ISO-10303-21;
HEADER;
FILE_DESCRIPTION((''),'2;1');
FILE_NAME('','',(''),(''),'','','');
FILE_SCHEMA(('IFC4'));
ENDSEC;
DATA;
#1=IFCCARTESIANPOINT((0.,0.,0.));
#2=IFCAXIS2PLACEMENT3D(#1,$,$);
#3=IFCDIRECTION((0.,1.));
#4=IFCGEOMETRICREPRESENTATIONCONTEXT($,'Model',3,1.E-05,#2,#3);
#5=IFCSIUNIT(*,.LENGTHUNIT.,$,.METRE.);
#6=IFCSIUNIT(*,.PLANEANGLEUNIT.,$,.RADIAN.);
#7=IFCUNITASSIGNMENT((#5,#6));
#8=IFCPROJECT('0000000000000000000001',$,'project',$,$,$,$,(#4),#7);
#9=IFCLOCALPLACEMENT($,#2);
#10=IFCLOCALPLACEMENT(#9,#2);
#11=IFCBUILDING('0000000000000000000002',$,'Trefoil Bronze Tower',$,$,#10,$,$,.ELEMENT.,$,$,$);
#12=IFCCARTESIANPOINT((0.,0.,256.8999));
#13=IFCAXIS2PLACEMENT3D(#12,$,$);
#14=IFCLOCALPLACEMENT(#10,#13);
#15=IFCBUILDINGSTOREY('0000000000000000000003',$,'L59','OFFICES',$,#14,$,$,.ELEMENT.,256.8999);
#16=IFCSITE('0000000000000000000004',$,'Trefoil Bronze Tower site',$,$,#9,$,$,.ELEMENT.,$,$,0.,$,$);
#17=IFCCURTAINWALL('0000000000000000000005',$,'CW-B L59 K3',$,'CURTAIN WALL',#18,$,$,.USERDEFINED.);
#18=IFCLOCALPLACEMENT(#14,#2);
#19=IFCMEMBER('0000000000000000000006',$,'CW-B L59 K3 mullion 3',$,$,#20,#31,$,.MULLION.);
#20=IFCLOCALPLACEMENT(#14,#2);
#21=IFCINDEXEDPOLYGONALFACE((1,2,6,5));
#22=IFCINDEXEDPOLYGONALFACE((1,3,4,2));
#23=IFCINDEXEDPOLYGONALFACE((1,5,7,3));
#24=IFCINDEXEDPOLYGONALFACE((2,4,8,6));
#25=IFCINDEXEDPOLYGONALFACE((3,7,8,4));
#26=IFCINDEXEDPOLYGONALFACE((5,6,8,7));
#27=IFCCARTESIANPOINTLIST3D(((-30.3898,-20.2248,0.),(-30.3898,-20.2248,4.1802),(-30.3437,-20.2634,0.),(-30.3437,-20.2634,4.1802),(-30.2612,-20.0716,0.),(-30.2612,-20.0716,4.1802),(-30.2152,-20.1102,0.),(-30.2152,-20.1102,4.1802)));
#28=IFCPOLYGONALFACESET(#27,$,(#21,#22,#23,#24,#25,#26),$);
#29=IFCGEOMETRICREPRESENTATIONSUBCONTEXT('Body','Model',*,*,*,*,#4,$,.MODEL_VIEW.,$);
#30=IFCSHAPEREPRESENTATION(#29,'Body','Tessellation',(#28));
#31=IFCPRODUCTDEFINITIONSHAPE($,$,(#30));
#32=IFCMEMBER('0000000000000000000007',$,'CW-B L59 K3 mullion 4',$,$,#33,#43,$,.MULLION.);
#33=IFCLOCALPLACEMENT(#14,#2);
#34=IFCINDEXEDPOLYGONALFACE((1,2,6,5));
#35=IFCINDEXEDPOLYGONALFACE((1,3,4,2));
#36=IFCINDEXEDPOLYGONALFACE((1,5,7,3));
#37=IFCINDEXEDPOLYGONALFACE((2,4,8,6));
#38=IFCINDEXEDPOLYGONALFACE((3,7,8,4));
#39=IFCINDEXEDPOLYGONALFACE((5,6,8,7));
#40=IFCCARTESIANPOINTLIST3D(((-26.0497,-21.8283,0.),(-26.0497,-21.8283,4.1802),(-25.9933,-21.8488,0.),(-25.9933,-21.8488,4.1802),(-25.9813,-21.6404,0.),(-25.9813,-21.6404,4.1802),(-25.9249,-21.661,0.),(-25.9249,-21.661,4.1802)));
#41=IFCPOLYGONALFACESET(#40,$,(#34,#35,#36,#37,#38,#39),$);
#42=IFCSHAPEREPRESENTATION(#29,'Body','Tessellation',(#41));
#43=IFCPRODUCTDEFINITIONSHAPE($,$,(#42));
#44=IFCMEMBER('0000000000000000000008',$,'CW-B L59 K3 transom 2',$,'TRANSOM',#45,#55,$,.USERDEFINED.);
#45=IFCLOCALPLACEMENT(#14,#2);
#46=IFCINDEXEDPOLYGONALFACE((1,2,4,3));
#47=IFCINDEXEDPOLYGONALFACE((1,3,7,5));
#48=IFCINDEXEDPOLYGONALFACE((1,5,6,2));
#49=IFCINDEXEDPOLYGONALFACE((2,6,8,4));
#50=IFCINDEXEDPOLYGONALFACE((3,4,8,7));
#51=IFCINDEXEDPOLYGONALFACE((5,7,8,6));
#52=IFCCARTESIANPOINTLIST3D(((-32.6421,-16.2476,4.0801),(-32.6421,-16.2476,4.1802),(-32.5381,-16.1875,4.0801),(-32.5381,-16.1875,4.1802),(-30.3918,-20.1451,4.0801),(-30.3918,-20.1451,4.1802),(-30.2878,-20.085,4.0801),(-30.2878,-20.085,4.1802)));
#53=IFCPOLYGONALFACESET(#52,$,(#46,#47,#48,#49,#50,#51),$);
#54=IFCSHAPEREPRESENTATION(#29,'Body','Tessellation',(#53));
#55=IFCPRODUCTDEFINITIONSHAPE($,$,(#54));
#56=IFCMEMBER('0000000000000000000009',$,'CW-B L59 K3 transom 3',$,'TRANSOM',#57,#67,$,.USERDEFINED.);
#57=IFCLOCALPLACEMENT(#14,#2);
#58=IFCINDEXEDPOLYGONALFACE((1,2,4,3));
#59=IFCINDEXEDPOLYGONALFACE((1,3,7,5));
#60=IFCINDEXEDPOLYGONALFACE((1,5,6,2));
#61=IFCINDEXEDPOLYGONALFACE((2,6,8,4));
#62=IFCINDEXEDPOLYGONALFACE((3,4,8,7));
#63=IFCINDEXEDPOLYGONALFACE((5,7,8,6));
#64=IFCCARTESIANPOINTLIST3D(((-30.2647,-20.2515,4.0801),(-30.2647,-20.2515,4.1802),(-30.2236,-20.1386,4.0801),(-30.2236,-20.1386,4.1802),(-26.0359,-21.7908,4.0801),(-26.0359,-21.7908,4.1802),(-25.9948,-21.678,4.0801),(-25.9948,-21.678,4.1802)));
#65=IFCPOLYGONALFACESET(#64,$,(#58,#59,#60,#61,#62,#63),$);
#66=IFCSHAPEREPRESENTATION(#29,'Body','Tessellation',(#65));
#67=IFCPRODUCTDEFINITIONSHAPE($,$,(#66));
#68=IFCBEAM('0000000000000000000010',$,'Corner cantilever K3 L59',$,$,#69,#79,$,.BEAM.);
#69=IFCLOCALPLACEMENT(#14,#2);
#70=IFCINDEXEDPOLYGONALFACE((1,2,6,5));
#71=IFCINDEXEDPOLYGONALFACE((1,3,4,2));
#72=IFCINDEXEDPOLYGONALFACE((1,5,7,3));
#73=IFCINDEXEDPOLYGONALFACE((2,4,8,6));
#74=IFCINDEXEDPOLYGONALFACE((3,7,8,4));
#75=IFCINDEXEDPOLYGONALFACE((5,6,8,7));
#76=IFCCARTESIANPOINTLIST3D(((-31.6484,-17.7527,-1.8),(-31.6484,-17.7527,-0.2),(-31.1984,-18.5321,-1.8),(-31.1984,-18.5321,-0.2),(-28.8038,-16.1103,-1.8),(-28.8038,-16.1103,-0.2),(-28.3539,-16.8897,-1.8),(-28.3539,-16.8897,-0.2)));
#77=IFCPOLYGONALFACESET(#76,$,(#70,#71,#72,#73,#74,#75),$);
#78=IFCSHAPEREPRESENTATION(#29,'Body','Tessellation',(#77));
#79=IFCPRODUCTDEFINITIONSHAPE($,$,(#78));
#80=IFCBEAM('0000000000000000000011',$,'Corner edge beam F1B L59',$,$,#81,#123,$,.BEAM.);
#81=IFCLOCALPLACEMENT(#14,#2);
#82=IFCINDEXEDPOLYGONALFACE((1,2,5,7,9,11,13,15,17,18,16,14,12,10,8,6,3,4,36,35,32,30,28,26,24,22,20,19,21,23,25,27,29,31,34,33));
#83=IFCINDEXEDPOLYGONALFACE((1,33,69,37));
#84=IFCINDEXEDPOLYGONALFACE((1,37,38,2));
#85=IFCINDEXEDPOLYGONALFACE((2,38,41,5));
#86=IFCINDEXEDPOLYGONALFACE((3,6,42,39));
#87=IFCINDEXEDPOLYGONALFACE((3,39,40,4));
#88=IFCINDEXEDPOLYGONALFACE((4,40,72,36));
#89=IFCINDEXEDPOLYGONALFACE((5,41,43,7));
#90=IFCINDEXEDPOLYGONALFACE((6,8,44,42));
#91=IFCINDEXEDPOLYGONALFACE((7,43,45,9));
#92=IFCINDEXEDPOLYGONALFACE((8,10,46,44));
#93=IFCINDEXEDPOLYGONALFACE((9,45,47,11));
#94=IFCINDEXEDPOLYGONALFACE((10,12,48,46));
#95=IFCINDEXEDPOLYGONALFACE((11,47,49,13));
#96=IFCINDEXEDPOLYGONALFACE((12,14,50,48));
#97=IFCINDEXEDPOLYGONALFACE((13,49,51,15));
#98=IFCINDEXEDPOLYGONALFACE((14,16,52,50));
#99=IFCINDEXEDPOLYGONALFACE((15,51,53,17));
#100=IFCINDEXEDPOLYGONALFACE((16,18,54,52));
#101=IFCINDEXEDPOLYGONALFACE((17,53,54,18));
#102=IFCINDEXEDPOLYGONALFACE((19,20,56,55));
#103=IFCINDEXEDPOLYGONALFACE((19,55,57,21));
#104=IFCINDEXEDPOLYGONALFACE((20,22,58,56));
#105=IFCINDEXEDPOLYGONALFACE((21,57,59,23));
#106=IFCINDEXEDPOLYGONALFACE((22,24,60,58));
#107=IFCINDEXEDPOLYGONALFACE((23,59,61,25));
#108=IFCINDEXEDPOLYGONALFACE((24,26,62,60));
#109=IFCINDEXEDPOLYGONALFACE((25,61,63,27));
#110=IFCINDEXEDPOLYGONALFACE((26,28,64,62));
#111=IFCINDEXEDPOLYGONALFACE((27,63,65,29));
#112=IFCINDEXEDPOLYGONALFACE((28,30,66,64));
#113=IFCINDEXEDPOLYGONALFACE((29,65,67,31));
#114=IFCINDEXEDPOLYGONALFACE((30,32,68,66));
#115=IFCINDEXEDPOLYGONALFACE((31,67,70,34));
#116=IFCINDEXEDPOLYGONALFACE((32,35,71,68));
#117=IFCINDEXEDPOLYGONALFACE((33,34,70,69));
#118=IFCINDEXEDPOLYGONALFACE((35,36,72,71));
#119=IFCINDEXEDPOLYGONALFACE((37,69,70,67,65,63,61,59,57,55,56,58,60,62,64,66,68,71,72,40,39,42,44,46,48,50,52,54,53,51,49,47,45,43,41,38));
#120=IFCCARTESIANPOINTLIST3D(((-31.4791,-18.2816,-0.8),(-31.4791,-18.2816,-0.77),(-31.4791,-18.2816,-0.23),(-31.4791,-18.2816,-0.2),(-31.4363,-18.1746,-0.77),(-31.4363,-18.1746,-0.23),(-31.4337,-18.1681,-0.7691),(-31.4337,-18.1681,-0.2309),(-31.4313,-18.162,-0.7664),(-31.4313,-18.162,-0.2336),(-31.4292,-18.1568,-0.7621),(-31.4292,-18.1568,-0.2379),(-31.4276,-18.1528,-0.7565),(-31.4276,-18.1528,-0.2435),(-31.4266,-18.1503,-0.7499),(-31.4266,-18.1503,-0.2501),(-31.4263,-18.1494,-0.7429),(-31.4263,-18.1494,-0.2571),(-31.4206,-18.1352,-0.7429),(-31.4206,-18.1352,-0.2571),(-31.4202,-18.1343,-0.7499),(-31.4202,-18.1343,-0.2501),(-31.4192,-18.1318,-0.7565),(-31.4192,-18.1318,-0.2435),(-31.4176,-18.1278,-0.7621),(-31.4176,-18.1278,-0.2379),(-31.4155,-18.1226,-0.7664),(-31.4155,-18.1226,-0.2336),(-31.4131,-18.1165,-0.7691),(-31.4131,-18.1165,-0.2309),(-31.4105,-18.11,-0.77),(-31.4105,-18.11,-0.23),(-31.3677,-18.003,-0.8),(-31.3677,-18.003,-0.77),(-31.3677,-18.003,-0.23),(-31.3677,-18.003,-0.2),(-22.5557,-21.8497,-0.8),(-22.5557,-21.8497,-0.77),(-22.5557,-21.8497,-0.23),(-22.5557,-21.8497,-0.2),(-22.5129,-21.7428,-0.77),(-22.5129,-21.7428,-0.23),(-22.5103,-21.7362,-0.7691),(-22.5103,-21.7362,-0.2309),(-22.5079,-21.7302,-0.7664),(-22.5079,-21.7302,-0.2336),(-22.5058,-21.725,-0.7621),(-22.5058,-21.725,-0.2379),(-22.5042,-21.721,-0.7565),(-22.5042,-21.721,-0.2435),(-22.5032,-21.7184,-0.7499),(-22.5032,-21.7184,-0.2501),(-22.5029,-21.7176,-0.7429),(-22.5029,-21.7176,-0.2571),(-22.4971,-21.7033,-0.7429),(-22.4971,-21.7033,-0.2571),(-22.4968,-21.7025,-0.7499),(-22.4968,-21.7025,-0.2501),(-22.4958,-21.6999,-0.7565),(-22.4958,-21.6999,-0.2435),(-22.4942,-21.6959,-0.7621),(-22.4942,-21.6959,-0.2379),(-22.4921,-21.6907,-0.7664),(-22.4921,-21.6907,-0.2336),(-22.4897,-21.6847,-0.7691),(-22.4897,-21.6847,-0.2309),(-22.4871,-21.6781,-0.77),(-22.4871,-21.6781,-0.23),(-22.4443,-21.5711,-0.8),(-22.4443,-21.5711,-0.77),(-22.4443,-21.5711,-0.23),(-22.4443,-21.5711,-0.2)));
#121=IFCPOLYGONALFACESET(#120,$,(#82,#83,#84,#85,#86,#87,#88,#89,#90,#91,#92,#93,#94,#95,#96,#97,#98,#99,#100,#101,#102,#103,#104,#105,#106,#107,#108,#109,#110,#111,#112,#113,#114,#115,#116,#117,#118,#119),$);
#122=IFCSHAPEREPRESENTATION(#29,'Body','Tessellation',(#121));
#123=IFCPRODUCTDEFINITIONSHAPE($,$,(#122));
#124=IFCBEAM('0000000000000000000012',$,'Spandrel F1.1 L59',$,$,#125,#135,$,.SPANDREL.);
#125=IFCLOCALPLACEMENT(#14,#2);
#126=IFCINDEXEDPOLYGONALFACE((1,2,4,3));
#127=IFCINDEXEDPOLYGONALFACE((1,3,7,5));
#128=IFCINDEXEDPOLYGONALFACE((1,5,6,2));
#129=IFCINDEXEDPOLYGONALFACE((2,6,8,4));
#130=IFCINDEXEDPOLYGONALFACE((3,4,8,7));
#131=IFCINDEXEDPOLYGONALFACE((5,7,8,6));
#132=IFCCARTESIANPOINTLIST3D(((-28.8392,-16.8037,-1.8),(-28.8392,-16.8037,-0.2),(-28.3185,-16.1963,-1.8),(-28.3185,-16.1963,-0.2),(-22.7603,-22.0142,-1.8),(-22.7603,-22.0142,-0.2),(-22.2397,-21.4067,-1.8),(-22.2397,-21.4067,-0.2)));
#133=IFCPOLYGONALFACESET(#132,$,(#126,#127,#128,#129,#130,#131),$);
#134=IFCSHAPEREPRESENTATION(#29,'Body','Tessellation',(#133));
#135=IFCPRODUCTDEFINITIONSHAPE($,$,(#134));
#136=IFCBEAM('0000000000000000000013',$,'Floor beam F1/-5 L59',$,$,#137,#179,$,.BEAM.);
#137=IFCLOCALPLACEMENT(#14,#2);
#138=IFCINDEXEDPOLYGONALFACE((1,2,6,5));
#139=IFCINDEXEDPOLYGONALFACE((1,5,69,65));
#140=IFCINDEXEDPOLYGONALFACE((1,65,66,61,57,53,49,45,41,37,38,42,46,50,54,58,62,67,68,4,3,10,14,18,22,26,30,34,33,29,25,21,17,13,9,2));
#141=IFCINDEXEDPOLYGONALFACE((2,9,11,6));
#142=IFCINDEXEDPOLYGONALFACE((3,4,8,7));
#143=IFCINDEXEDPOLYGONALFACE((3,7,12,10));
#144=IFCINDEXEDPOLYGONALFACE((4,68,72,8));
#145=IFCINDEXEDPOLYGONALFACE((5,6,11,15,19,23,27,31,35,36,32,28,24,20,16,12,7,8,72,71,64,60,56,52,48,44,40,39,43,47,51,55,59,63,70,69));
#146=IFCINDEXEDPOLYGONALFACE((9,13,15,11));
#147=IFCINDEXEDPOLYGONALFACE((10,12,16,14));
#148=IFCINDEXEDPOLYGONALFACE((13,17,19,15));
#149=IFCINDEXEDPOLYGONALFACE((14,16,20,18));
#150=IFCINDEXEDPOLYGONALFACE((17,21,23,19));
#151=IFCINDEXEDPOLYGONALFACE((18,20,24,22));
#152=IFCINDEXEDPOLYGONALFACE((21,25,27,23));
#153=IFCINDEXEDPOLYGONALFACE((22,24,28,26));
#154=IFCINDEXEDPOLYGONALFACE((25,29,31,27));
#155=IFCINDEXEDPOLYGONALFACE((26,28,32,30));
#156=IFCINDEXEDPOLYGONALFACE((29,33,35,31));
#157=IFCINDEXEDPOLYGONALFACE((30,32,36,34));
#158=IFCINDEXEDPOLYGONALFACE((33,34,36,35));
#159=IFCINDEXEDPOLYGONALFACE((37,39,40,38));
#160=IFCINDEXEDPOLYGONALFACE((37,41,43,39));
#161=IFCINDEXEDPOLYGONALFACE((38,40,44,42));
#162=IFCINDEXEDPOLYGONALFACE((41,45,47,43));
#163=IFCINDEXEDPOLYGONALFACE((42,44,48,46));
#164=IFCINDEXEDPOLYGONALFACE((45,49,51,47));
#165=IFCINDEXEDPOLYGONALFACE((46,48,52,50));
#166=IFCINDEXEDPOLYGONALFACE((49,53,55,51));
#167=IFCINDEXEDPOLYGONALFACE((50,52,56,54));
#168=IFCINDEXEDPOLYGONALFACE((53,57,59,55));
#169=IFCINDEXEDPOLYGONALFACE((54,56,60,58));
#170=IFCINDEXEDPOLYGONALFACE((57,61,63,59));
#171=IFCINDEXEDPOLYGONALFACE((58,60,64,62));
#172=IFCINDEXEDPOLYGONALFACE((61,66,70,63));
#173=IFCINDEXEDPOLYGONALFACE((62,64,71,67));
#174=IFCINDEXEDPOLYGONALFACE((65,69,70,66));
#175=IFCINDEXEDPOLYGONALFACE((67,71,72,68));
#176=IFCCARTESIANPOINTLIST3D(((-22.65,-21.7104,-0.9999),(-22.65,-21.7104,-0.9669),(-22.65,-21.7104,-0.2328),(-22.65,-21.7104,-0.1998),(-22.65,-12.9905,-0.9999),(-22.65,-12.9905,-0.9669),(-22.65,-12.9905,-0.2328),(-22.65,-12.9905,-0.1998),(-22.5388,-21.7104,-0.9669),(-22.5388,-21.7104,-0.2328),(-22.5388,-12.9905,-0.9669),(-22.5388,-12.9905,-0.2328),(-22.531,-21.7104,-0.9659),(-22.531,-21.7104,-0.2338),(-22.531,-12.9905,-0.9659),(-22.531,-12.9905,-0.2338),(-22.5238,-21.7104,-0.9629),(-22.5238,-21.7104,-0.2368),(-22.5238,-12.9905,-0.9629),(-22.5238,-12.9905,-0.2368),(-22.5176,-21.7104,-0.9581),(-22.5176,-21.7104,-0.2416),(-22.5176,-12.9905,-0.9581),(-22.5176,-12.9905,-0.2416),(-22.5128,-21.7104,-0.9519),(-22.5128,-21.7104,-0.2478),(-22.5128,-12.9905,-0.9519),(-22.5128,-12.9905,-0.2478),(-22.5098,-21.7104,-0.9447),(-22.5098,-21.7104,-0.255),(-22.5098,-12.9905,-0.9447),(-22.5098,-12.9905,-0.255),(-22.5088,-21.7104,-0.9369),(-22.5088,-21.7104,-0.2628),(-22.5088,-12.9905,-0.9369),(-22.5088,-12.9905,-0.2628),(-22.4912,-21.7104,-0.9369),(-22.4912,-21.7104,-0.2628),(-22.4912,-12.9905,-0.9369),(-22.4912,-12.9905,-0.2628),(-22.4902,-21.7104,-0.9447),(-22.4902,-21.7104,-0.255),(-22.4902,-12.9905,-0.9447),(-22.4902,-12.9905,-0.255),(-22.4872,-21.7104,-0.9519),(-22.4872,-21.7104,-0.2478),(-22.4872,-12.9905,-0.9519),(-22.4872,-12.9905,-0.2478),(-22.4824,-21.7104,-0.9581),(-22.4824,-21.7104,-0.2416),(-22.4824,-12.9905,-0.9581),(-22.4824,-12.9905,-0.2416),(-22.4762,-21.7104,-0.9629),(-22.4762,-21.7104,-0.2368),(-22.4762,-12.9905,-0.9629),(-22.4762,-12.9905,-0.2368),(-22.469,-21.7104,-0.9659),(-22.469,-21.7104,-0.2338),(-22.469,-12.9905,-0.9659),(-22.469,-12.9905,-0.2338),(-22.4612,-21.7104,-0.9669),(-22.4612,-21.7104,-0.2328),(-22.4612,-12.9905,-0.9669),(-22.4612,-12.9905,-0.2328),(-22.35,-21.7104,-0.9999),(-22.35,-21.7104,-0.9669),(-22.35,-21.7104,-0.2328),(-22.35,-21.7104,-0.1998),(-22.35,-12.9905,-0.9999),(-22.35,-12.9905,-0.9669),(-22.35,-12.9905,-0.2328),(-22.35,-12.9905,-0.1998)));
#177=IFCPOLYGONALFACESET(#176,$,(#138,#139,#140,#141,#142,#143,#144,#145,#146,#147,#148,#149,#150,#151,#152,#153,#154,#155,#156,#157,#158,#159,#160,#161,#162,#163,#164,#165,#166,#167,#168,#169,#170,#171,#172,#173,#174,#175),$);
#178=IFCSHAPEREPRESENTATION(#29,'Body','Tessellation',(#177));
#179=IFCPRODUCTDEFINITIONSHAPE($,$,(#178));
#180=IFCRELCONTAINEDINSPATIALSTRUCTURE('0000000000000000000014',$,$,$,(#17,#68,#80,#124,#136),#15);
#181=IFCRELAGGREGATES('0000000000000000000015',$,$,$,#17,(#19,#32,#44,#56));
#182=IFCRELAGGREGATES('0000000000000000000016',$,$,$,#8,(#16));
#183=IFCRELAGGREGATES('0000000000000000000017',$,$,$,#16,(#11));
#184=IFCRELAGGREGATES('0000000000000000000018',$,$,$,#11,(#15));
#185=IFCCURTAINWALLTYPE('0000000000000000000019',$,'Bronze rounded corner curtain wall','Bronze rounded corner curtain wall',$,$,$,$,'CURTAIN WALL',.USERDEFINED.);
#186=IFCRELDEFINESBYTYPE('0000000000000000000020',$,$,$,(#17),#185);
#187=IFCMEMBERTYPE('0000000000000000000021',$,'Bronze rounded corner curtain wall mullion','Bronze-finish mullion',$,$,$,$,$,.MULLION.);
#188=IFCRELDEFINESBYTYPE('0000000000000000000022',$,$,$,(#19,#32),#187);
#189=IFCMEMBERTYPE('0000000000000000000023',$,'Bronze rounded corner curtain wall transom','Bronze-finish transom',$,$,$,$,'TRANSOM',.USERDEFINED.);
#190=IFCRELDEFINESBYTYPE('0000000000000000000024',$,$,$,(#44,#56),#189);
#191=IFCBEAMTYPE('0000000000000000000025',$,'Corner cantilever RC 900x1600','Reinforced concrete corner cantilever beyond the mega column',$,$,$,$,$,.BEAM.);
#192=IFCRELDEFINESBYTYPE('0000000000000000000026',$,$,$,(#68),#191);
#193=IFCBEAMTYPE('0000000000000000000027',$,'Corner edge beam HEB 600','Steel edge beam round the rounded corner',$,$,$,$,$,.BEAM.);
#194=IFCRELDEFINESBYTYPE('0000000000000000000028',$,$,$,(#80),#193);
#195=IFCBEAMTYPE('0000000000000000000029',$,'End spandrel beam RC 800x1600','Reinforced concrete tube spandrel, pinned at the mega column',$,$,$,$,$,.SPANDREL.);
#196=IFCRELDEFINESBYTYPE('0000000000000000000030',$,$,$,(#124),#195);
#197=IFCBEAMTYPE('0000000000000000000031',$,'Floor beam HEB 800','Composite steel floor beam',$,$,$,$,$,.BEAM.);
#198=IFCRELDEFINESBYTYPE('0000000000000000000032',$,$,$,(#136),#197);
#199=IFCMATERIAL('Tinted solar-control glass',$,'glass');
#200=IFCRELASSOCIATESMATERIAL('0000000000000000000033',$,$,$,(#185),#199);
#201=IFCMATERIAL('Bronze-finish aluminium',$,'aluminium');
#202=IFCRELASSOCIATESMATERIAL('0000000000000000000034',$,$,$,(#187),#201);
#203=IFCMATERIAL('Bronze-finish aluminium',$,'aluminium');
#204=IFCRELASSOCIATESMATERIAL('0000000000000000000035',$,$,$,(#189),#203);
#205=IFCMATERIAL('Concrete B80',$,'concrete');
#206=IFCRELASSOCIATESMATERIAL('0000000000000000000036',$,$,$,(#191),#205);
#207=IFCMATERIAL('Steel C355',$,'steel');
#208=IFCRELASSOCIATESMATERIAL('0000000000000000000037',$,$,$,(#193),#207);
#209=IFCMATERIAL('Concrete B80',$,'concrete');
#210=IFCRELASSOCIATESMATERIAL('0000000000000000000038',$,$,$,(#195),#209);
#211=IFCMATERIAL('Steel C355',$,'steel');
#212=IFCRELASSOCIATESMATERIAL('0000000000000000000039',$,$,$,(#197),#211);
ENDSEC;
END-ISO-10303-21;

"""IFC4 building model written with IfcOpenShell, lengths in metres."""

from ifc_helpers import new_model, si_unit, direction, frame, origin, origin_2d, place, context, subcontext, project, spatial, rectangle, i_section, extrude, material, material_profile, profile_set, type_object, element, aggregate, save


model = new_model("IFC4")

# Units and contexts
model_context = context("Model", 3, precision=1e-05, world=origin(), true_north=direction((0.0, 1.0)))
body_context = subcontext(model_context, "Body", "Model", "MODEL_VIEW")
ifc_project = project(units=[si_unit("LENGTHUNIT", "METRE"), si_unit("PLANEANGLEUNIT", "RADIAN")], contexts=[model_context])

# Site, building, storey
site_placement = place(None, origin())
site = spatial("IfcSite", under=ifc_project, at=site_placement, Name="Trefoil Bronze Tower site", CompositionType="ELEMENT", RefElevation=0.0)
building_placement = place(site_placement, origin())
building = spatial("IfcBuilding", under=site, at=building_placement, Name="Trefoil Bronze Tower", CompositionType="ELEMENT")
storey_placement = place(building_placement, frame((0.0, 0.0, 256.8999)))
storey = spatial("IfcBuildingStorey", under=building, at=storey_placement, Name="L59", Description="OFFICES", CompositionType="ELEMENT", Elevation=256.8999)

# Curtain wall, members
ifc_material_1 = material(Name="Tinted solar-control glass", Category="glass")
curtain_wall_type_1 = type_object("IfcCurtainWallType", Name="Bronze rounded corner curtain wall", Description="Bronze rounded corner curtain wall", ElementType="CURTAIN WALL", PredefinedType="USERDEFINED", material=ifc_material_1)
curtain_wall_1_placement = place(storey_placement, origin())
curtain_wall_1 = element("IfcCurtainWall", 1, at=curtain_wall_1_placement, inside=storey, type_object=curtain_wall_type_1, Name="CW-B L59 K3", ObjectType="CURTAIN WALL", PredefinedType="USERDEFINED")
ifc_material_2 = material(Name="Bronze-finish aluminium", Category="aluminium")
ifc_material_profile_1 = material_profile(ifc_material_2, rectangle(XDim=0.2, YDim=0.0601, at=origin_2d()), Name="CW-B mullion")
ifc_profile_set_1 = profile_set([ifc_material_profile_1], Name="Bronze-finish aluminium")
member_type_1 = type_object("IfcMemberType", Name="Bronze rounded corner curtain wall mullion", Description="Bronze-finish mullion", PredefinedType="MULLION", material=ifc_profile_set_1)
member_1_placement = place(storey_placement, frame((-30.3025, -20.1675, 0.0), z_axis=(0.0, 0.0, 1.0), x_axis=(0.642788, 0.766044, 0.0)))
member_1 = element("IfcMember", 2, at=member_1_placement, type_object=member_type_1, Name="CW-B L59 K3 mullion 3", PredefinedType="MULLION", context=body_context, shape_type="SweptSolid", body=[
    extrude(rectangle(XDim=0.2, YDim=0.0601, at=origin_2d()), origin(), (0.0, 0.0, 1.0), 4.1802),
])
member_2_placement = place(storey_placement, frame((-25.9873, -21.7446, 0.0), z_axis=(0.0, 0.0, 1.0), x_axis=(0.34202, 0.939693, 0.0)))
member_2 = element("IfcMember", 3, at=member_2_placement, type_object=member_type_1, Name="CW-B L59 K3 mullion 4", PredefinedType="MULLION", context=body_context, shape_type="SweptSolid", body=[
    extrude(rectangle(XDim=0.2, YDim=0.0601, at=origin_2d()), origin(), (0.0, 0.0, 1.0), 4.1802),
])
ifc_material_3 = material(Name="Bronze-finish aluminium", Category="aluminium")
ifc_material_profile_2 = material_profile(ifc_material_3, rectangle(XDim=0.1201, YDim=0.1001, at=origin_2d()), Name="CW-B transom")
ifc_profile_set_2 = profile_set([ifc_material_profile_2], Name="Bronze-finish aluminium")
member_type_2 = type_object("IfcMemberType", Name="Bronze rounded corner curtain wall transom", Description="Bronze-finish transom", ElementType="TRANSOM", PredefinedType="USERDEFINED", material=ifc_profile_set_2)
member_3_placement = place(storey_placement, frame((-32.5901, -16.2175, 4.1301), z_axis=(0.500007, -0.866021, 0.0), x_axis=(0.866021, 0.500007, 0.0)))
member_3 = element("IfcMember", 4, at=member_3_placement, type_object=member_type_2, Name="CW-B L59 K3 transom 2", ObjectType="TRANSOM", PredefinedType="USERDEFINED", context=body_context, shape_type="SweptSolid", body=[
    extrude(rectangle(XDim=0.1201, YDim=0.1001, at=origin_2d()), origin(), (0.0, 0.0, 1.0), 4.5005),
])
member_4_placement = place(storey_placement, frame((-30.2441, -20.1951, 4.1301), z_axis=(0.939681, -0.342052, 0.0), x_axis=(0.342052, 0.939681, 0.0)))
member_4 = element("IfcMember", 5, at=member_4_placement, type_object=member_type_2, Name="CW-B L59 K3 transom 3", ObjectType="TRANSOM", PredefinedType="USERDEFINED", context=body_context, shape_type="SweptSolid", body=[
    extrude(rectangle(XDim=0.1201, YDim=0.1001, at=origin_2d()), origin(), (0.0, 0.0, 1.0), 4.5002),
])

# Beams
ifc_material_4 = material(Name="Concrete B80", Category="concrete")
ifc_material_profile_3 = material_profile(ifc_material_4, rectangle(XDim=0.8999, YDim=1.6001, at=origin_2d()), Name="RC 900x1600")
ifc_profile_set_3 = profile_set([ifc_material_profile_3], Name="Concrete B80")
beam_type_1 = type_object("IfcBeamType", Name="Corner cantilever RC 900x1600", Description="Reinforced concrete corner cantilever beyond the mega column", PredefinedType="BEAM", material=ifc_profile_set_3)
beam_1_placement = place(storey_placement, frame((-28.5789, -16.5, -1.0), z_axis=(-0.866016, -0.500016, 0.0), x_axis=(0.500016, -0.866016, 0.0)))
element("IfcBeam", 6, at=beam_1_placement, inside=storey, type_object=beam_type_1, Name="Corner cantilever K3 L59", PredefinedType="BEAM", context=body_context, shape_type="SweptSolid", body=[
    extrude(rectangle(XDim=0.8999, YDim=1.6001, at=origin_2d()), origin(), (0.0, 0.0, 1.0), 3.2847),
])
ifc_material_5 = material(Name="Steel C355", Category="steel")
ifc_material_profile_4 = material_profile(ifc_material_5, i_section(OverallWidth=0.3, OverallDepth=0.6001, WebThickness=0.0154, FlangeThickness=0.03, FilletRadius=0.0271, at=origin_2d()), Name="HEB 600")
ifc_profile_set_4 = profile_set([ifc_material_profile_4], Name="Steel C355")
beam_type_2 = type_object("IfcBeamType", Name="Corner edge beam HEB 600", Description="Steel edge beam round the rounded corner", PredefinedType="BEAM", material=ifc_profile_set_4)
beam_2_placement = place(storey_placement, frame((-22.5, -21.7104, -0.5), z_axis=(-0.92852, 0.371281, 0.0), x_axis=(-0.371281, -0.92852, 0.0)))
element("IfcBeam", 7, at=beam_2_placement, inside=storey, type_object=beam_type_2, Name="Corner edge beam F1B L59", PredefinedType="BEAM", context=body_context, shape_type="SweptSolid", body=[
    extrude(i_section(OverallWidth=0.3, OverallDepth=0.6001, WebThickness=0.0154, FlangeThickness=0.03, FilletRadius=0.0271, at=origin_2d()), origin(), (0.0, 0.0, 1.0), 9.6104),
])
ifc_material_6 = material(Name="Concrete B80", Category="concrete")
ifc_material_profile_5 = material_profile(ifc_material_6, rectangle(XDim=0.8, YDim=1.6001, at=origin_2d()), Name="RC 800x1600")
ifc_profile_set_5 = profile_set([ifc_material_profile_5], Name="Concrete B80")
beam_type_3 = type_object("IfcBeamType", Name="End spandrel beam RC 800x1600", Description="Reinforced concrete tube spandrel, pinned at the mega column", PredefinedType="SPANDREL", material=ifc_profile_set_5)
beam_3_placement = place(storey_placement, frame((-28.5789, -16.5, -1.0), z_axis=(0.759257, -0.650791, 0.0), x_axis=(0.650791, 0.759257, 0.0)))
element("IfcBeam", 8, at=beam_3_placement, inside=storey, type_object=beam_type_3, Name="Spandrel F1.1 L59", PredefinedType="SPANDREL", context=body_context, shape_type="SweptSolid", body=[
    extrude(rectangle(XDim=0.8, YDim=1.6001, at=origin_2d()), origin(), (0.0, 0.0, 1.0), 8.0063),
])
ifc_material_7 = material(Name="Steel C355", Category="steel")
ifc_material_profile_6 = material_profile(ifc_material_7, i_section(OverallWidth=0.3, OverallDepth=0.8, WebThickness=0.0176, FlangeThickness=0.033, FilletRadius=0.03, at=origin_2d()), Name="HEB 800")
ifc_profile_set_6 = profile_set([ifc_material_profile_6], Name="Steel C355")
beam_type_4 = type_object("IfcBeamType", Name="Floor beam HEB 800", Description="Composite steel floor beam", PredefinedType="BEAM", material=ifc_profile_set_6)
beam_4_placement = place(storey_placement, frame((-22.5, -21.7104, -0.5999), z_axis=(0.0, 1.0, 0.0), x_axis=(-1.0, 0.0, 0.0)))
element("IfcBeam", 9, at=beam_4_placement, inside=storey, type_object=beam_type_4, Name="Floor beam F1/-5 L59", PredefinedType="BEAM", context=body_context, shape_type="SweptSolid", body=[
    extrude(i_section(OverallWidth=0.3, OverallDepth=0.8, WebThickness=0.0176, FlangeThickness=0.033, FilletRadius=0.03, at=origin_2d()), origin(), (0.0, 0.0, 1.0), 8.72),
])

aggregate(curtain_wall_1, [member_1, member_2, member_3, member_4])

save(model, "model.ifc")
